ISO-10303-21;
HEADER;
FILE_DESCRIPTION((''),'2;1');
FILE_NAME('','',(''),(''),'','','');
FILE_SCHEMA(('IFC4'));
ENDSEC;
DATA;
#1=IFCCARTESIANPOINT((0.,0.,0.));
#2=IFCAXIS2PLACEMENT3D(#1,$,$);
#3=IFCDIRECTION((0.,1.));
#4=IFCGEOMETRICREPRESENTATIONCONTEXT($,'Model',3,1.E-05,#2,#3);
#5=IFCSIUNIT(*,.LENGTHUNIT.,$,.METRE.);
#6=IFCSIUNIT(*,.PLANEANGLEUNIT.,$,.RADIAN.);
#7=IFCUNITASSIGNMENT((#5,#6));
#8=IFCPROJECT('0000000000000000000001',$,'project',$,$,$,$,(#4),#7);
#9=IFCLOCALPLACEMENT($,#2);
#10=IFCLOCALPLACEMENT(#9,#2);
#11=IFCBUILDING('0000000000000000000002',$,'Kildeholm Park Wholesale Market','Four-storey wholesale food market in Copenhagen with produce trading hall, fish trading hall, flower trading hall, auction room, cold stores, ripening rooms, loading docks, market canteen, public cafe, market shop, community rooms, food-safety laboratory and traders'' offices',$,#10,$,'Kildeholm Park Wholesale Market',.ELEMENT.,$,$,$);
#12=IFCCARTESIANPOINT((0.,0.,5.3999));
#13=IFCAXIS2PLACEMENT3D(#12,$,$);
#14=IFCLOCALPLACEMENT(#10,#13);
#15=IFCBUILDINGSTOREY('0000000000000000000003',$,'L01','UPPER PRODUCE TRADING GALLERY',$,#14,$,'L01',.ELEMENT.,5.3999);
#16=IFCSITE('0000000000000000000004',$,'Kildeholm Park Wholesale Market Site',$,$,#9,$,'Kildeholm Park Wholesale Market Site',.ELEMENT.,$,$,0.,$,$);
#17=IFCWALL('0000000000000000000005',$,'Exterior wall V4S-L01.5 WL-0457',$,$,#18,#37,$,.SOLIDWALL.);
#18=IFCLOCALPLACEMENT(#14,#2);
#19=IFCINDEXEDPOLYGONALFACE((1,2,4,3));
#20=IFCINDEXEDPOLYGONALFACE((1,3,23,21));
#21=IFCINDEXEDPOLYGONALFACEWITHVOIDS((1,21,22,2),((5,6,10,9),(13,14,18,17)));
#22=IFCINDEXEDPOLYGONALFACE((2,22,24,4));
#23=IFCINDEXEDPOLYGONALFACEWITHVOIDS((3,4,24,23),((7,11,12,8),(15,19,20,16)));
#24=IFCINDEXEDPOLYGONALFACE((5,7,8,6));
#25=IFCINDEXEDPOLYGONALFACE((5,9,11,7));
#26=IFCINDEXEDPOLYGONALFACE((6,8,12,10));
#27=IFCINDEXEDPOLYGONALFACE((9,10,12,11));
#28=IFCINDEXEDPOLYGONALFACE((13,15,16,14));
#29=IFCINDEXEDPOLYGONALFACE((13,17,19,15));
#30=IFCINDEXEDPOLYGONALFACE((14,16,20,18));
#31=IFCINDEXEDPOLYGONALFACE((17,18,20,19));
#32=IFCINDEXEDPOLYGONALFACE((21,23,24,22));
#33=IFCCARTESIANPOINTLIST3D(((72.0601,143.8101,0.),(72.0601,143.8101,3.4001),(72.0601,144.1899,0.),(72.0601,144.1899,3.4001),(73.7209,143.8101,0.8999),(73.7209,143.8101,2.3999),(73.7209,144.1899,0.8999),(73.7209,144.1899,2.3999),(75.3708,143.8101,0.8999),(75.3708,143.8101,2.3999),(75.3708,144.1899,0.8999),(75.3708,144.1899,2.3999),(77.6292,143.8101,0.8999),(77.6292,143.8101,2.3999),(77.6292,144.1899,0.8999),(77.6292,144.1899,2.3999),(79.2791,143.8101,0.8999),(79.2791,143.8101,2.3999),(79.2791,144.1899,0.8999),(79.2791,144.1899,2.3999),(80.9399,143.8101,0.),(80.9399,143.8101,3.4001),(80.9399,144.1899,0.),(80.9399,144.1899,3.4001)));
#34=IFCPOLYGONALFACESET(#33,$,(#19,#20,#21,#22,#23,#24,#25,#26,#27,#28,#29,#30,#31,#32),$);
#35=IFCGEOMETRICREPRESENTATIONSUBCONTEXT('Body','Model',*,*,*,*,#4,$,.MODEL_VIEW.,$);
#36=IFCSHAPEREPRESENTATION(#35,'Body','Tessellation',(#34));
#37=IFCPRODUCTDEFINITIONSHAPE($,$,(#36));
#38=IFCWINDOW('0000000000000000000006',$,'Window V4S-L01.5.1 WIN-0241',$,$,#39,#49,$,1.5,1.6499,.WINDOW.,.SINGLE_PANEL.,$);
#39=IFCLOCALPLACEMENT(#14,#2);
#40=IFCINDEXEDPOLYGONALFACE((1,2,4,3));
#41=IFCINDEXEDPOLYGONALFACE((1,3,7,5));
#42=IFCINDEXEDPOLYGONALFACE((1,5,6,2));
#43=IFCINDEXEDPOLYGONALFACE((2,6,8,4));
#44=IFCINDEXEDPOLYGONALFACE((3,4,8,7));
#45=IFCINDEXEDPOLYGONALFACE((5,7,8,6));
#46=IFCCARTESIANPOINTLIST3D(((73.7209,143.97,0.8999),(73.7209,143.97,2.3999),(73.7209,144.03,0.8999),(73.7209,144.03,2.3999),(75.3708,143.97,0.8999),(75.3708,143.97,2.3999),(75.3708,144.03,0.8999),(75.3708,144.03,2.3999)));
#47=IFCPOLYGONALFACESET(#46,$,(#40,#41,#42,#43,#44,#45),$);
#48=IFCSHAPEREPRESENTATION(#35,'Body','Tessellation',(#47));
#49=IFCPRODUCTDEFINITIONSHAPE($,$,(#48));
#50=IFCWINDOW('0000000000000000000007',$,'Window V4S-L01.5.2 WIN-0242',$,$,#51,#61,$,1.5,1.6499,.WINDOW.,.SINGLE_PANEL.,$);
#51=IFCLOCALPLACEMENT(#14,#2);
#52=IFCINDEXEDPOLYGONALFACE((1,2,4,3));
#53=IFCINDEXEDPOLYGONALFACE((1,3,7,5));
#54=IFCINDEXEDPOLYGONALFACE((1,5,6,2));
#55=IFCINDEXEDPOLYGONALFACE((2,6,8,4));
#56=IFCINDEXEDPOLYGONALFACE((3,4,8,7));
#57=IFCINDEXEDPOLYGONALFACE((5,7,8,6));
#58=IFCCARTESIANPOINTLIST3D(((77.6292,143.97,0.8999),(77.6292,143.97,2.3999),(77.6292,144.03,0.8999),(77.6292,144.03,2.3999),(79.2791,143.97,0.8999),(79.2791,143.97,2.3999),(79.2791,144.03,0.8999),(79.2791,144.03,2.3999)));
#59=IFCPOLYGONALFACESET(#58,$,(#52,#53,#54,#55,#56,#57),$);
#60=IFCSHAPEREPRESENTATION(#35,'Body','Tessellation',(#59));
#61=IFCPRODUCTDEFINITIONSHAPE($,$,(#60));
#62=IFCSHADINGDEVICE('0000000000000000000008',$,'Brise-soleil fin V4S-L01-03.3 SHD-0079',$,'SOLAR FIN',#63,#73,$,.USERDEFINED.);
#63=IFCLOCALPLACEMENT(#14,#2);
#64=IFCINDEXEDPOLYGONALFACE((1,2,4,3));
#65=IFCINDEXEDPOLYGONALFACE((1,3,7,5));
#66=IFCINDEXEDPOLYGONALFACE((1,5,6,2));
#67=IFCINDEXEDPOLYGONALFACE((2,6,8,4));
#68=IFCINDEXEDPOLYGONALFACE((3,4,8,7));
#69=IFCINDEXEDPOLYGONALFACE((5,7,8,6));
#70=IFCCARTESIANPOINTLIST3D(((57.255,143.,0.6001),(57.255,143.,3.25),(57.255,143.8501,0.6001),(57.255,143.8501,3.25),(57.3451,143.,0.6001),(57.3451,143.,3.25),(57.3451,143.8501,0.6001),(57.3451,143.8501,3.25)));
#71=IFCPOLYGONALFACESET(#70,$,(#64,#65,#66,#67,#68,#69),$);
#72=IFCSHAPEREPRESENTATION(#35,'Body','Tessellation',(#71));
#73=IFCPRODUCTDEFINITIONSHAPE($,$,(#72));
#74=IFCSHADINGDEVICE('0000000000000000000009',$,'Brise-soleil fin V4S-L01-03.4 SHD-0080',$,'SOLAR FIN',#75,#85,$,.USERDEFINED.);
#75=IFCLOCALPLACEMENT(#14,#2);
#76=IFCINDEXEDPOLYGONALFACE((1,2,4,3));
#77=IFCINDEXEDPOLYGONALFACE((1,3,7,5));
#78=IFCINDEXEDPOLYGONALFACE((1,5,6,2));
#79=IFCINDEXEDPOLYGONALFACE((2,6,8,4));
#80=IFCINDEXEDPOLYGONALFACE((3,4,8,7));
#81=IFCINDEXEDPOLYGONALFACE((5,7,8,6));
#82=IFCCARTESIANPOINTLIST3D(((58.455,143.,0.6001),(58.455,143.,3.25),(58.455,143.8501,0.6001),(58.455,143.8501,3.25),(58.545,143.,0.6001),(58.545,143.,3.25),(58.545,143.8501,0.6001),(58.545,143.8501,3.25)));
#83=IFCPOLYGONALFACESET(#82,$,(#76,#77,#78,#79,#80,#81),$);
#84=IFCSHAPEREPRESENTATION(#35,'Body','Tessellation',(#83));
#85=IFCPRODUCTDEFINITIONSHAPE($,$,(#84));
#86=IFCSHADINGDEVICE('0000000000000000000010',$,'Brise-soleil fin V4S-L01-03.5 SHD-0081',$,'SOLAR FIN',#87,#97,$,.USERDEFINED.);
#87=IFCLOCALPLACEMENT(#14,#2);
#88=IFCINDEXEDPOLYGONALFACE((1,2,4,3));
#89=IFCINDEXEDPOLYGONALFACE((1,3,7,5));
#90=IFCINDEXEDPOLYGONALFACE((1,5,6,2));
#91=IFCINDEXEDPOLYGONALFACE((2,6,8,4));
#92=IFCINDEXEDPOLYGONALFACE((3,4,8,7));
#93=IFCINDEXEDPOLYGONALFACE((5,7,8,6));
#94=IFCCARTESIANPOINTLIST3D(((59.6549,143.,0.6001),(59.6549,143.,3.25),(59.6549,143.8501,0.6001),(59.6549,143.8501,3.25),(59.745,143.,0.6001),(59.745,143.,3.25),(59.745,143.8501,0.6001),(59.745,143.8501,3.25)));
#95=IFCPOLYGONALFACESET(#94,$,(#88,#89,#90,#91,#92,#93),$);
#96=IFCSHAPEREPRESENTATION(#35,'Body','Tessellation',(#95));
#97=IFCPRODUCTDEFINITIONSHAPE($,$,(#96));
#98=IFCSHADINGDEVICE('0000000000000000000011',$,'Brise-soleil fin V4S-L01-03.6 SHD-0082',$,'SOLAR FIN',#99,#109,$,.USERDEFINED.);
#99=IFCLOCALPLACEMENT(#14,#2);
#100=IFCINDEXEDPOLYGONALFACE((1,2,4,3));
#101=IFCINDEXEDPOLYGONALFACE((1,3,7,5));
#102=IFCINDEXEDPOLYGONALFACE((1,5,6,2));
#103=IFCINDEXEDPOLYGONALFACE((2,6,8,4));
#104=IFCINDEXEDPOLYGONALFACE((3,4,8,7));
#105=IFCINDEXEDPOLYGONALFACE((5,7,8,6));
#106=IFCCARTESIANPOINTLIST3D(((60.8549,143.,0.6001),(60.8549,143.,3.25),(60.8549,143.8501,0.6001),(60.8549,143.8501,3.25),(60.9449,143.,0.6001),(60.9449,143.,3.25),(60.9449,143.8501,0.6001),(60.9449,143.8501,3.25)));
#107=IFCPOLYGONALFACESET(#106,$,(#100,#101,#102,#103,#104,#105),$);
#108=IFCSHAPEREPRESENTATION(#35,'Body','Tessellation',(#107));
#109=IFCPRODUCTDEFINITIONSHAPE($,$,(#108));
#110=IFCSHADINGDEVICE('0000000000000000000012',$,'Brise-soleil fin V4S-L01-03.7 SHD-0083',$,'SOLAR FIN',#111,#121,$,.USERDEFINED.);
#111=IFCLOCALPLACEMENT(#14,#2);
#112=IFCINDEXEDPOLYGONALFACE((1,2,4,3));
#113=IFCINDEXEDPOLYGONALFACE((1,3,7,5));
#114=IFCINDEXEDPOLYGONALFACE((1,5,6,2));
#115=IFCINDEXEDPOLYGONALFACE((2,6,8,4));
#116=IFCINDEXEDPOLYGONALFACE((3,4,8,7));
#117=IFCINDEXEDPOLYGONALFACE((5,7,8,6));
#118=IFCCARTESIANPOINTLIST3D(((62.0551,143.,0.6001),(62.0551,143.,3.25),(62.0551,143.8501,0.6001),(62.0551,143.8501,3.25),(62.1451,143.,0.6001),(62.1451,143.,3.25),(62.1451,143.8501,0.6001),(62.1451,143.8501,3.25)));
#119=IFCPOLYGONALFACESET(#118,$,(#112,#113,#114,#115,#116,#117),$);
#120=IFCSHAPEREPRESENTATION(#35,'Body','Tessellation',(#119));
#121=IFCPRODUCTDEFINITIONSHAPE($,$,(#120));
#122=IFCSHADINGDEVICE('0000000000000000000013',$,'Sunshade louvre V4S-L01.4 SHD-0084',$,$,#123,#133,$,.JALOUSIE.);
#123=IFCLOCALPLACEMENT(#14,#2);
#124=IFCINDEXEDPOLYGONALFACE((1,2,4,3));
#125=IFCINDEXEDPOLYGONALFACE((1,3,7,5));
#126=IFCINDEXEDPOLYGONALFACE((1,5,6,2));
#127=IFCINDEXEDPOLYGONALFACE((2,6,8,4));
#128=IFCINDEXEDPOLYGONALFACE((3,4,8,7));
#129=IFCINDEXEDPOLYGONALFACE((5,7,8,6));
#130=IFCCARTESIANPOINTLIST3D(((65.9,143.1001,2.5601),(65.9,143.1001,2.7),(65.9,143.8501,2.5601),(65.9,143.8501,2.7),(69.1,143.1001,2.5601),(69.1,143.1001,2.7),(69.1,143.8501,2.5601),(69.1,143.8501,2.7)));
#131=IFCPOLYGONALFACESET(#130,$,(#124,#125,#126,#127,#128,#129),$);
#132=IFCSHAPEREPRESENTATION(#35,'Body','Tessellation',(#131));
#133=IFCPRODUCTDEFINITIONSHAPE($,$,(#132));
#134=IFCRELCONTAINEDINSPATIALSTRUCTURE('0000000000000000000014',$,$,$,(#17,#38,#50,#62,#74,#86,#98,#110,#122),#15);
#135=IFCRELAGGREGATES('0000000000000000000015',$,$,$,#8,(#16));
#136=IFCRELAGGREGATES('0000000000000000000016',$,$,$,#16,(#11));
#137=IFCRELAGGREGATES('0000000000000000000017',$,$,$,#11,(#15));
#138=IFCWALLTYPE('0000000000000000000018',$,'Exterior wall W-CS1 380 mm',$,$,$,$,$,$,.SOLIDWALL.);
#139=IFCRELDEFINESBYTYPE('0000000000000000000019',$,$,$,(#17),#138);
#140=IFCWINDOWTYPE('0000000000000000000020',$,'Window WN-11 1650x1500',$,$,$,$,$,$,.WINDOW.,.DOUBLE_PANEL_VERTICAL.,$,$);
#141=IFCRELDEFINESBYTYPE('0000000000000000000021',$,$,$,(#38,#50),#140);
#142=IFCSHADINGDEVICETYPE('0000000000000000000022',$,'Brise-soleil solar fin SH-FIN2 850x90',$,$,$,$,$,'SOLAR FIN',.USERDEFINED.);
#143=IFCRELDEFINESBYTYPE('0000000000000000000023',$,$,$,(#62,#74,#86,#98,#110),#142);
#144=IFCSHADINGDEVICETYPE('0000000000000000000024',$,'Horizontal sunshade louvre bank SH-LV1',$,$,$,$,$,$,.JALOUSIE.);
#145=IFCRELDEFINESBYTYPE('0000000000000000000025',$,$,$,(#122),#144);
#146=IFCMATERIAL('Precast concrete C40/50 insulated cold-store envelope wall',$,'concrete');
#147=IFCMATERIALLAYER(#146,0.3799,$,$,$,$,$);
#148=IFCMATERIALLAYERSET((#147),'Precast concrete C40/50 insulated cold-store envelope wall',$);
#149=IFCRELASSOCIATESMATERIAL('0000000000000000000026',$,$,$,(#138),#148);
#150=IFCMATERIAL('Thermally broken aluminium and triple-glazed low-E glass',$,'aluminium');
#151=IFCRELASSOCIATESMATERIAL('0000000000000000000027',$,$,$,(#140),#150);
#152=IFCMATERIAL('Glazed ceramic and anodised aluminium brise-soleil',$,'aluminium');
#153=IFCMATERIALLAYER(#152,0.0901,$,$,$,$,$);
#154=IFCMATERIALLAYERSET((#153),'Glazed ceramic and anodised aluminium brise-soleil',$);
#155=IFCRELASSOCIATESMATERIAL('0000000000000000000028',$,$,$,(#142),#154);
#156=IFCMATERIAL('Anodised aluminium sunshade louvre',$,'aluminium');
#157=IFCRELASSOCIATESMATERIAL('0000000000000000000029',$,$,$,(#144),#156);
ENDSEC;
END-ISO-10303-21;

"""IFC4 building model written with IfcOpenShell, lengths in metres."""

from ifc_helpers import new_model, si_unit, direction, frame, frame_2d, origin, origin_2d, place, context, subcontext, project, spatial, rectangle, extrude, material, layer, layer_set, type_object, element, fill, save


model = new_model("IFC4")

# Units and contexts
model_context = context("Model", 3, precision=1e-05, world=origin(), true_north=direction((0.0, 1.0)))
body_context = subcontext(model_context, "Body", "Model", "MODEL_VIEW")
ifc_project = project(units=[si_unit("LENGTHUNIT", "METRE"), si_unit("PLANEANGLEUNIT", "RADIAN")], contexts=[model_context])

# Site, building, storey
site_placement = place(None, origin())
site = spatial("IfcSite", under=ifc_project, at=site_placement, Name="Kildeholm Park Wholesale Market Site", LongName="Kildeholm Park Wholesale Market Site", CompositionType="ELEMENT", RefElevation=0.0)
building_placement = place(site_placement, origin())
building = spatial("IfcBuilding", under=site, at=building_placement, Name="Kildeholm Park Wholesale Market", Description="Four-storey wholesale food market in Copenhagen with produce trading hall, fish trading hall, flower trading hall, auction room, cold stores, ripening rooms, loading docks, market canteen, public cafe, market shop, community rooms, food-safety laboratory and traders' offices", LongName="Kildeholm Park Wholesale Market", CompositionType="ELEMENT")
storey_placement = place(building_placement, frame((0.0, 0.0, 5.3999)))
storey = spatial("IfcBuildingStorey", under=building, at=storey_placement, Name="L01", Description="UPPER PRODUCE TRADING GALLERY", LongName="L01", CompositionType="ELEMENT", Elevation=5.3999)

# Wall, openings, windows
ifc_material_1 = material(Name="Precast concrete C40/50 insulated cold-store envelope wall", Category="concrete")
ifc_layer_1 = layer(ifc_material_1, 0.3799)
ifc_layer_set_1 = layer_set([ifc_layer_1], Name="Precast concrete C40/50 insulated cold-store envelope wall")
wall_type = type_object("IfcWallType", Name="Exterior wall W-CS1 380 mm", PredefinedType="SOLIDWALL", material=ifc_layer_set_1)
ifc_material_2 = material(Name="Thermally broken aluminium and triple-glazed low-E glass", Category="aluminium")
wall_1_placement = place(storey_placement, frame((72.0601, 144.0, 0.0), z_axis=(0.0, 0.0, 1.0), x_axis=(1.0, 0.0, 0.0)))
wall_1 = element("IfcWall", 1, at=wall_1_placement, inside=storey, type_object=wall_type, Name="Exterior wall V4S-L01.5 WL-0457", PredefinedType="SOLIDWALL", context=body_context, shape_type="SweptSolid", body=[
    extrude(rectangle(XDim=8.8799, YDim=0.3799, at=frame_2d((4.4399, 0.0))), origin(), (0.0, 0.0, 1.0), 3.4001),
])
opening_1_placement = place(wall_1_placement, frame((1.6609, 0.0, 0.8999)))
opening_1 = element("IfcOpeningElement", 2, at=opening_1_placement, cuts=wall_1, PredefinedType="OPENING", context=body_context, shape_type="SweptSolid", body=[
    extrude(rectangle(XDim=1.6499, YDim=1.5, at=frame_2d((0.825, 0.75))), frame((0.0, 0.2, 0.0), z_axis=(0.0, -1.0, 0.0), x_axis=(1.0, 0.0, 0.0)), (0.0, 0.0, 1.0), 0.3999),
])
opening_2_placement = place(wall_1_placement, frame((5.5691, 0.0, 0.8999)))
opening_2 = element("IfcOpeningElement", 3, at=opening_2_placement, cuts=wall_1, PredefinedType="OPENING", context=body_context, shape_type="SweptSolid", body=[
    extrude(rectangle(XDim=1.6499, YDim=1.5, at=frame_2d((0.825, 0.75))), frame((0.0, 0.2, 0.0), z_axis=(0.0, -1.0, 0.0), x_axis=(1.0, 0.0, 0.0)), (0.0, 0.0, 1.0), 0.3999),
])
window_type_1 = type_object("IfcWindowType", Name="Window WN-11 1650x1500", PartitioningType="DOUBLE_PANEL_VERTICAL", PredefinedType="WINDOW", material=ifc_material_2)
window_1_placement = place(opening_1_placement, origin())
window_1 = element("IfcWindow", 4, at=window_1_placement, inside=storey, type_object=window_type_1, Name="Window V4S-L01.5.1 WIN-0241", OverallHeight=1.5, OverallWidth=1.6499, PartitioningType="SINGLE_PANEL", PredefinedType="WINDOW", context=body_context, shape_type="SweptSolid", body=[
    extrude(rectangle(XDim=1.6499, YDim=1.5, at=frame_2d((0.825, 0.75))), frame((0.0, 0.03, 0.0), z_axis=(0.0, -1.0, 0.0), x_axis=(1.0, 0.0, 0.0)), (0.0, 0.0, 1.0), 0.0601),
])
fill(opening_1, window_1)
window_2_placement = place(opening_2_placement, origin())
window_2 = element("IfcWindow", 5, at=window_2_placement, inside=storey, type_object=window_type_1, Name="Window V4S-L01.5.2 WIN-0242", OverallHeight=1.5, OverallWidth=1.6499, PartitioningType="SINGLE_PANEL", PredefinedType="WINDOW", context=body_context, shape_type="SweptSolid", body=[
    extrude(rectangle(XDim=1.6499, YDim=1.5, at=frame_2d((0.825, 0.75))), frame((0.0, 0.03, 0.0), z_axis=(0.0, -1.0, 0.0), x_axis=(1.0, 0.0, 0.0)), (0.0, 0.0, 1.0), 0.0601),
])
fill(opening_2, window_2)

# Shading devices
ifc_material_3 = material(Name="Glazed ceramic and anodised aluminium brise-soleil", Category="aluminium")
ifc_layer_2 = layer(ifc_material_3, 0.0901)
ifc_layer_set_2 = layer_set([ifc_layer_2], Name="Glazed ceramic and anodised aluminium brise-soleil")
shading_device_type_1 = type_object("IfcShadingDeviceType", Name="Brise-soleil solar fin SH-FIN2 850x90", ElementType="SOLAR FIN", PredefinedType="USERDEFINED", material=ifc_layer_set_2)
for number, where, z_axis, x_axis, name in (
    (6, (57.3, 143.425, 0.6001), (0.0, 0.0, 1.0), (0.0, -1.0, 0.0), "Brise-soleil fin V4S-L01-03.3 SHD-0079"),
    (7, (58.5, 143.425, 0.6001), (0.0, 0.0, 1.0), (0.0, -1.0, 0.0), "Brise-soleil fin V4S-L01-03.4 SHD-0080"),
    (8, (59.7, 143.425, 0.6001), (0.0, 0.0, 1.0), (0.0, -1.0, 0.0), "Brise-soleil fin V4S-L01-03.5 SHD-0081"),
    (9, (60.8999, 143.425, 0.6001), (0.0, 0.0, 1.0), (0.0, -1.0, 0.0), "Brise-soleil fin V4S-L01-03.6 SHD-0082"),
    (10, (62.1001, 143.425, 0.6001), (0.0, 0.0, 1.0), (0.0, -1.0, 0.0), "Brise-soleil fin V4S-L01-03.7 SHD-0083"),
):
    element("IfcShadingDevice", number, at=place(storey_placement, frame(where, z_axis=z_axis, x_axis=x_axis)), inside=storey, type_object=shading_device_type_1, Name=name, ObjectType="SOLAR FIN", PredefinedType="USERDEFINED", context=body_context, shape_type="SweptSolid", body=[
        extrude(rectangle(XDim=0.8501, YDim=0.0901, at=origin_2d()), origin(), (0.0, 0.0, 1.0), 2.6499),
    ])
ifc_material_4 = material(Name="Anodised aluminium sunshade louvre", Category="aluminium")
shading_device_type_2 = type_object("IfcShadingDeviceType", Name="Horizontal sunshade louvre bank SH-LV1", PredefinedType="JALOUSIE", material=ifc_material_4)
shading_device_placement = place(storey_placement, frame((67.5, 143.4751, 2.5601), z_axis=(0.0, 0.0, 1.0), x_axis=(1.0, 0.0, 0.0)))
element("IfcShadingDevice", 11, at=shading_device_placement, inside=storey, type_object=shading_device_type_2, Name="Sunshade louvre V4S-L01.4 SHD-0084", PredefinedType="JALOUSIE", context=body_context, shape_type="SweptSolid", body=[
    extrude(rectangle(XDim=3.2, YDim=0.75, at=origin_2d()), origin(), (0.0, 0.0, 1.0), 0.1399),
])

save(model, "model.ifc")
